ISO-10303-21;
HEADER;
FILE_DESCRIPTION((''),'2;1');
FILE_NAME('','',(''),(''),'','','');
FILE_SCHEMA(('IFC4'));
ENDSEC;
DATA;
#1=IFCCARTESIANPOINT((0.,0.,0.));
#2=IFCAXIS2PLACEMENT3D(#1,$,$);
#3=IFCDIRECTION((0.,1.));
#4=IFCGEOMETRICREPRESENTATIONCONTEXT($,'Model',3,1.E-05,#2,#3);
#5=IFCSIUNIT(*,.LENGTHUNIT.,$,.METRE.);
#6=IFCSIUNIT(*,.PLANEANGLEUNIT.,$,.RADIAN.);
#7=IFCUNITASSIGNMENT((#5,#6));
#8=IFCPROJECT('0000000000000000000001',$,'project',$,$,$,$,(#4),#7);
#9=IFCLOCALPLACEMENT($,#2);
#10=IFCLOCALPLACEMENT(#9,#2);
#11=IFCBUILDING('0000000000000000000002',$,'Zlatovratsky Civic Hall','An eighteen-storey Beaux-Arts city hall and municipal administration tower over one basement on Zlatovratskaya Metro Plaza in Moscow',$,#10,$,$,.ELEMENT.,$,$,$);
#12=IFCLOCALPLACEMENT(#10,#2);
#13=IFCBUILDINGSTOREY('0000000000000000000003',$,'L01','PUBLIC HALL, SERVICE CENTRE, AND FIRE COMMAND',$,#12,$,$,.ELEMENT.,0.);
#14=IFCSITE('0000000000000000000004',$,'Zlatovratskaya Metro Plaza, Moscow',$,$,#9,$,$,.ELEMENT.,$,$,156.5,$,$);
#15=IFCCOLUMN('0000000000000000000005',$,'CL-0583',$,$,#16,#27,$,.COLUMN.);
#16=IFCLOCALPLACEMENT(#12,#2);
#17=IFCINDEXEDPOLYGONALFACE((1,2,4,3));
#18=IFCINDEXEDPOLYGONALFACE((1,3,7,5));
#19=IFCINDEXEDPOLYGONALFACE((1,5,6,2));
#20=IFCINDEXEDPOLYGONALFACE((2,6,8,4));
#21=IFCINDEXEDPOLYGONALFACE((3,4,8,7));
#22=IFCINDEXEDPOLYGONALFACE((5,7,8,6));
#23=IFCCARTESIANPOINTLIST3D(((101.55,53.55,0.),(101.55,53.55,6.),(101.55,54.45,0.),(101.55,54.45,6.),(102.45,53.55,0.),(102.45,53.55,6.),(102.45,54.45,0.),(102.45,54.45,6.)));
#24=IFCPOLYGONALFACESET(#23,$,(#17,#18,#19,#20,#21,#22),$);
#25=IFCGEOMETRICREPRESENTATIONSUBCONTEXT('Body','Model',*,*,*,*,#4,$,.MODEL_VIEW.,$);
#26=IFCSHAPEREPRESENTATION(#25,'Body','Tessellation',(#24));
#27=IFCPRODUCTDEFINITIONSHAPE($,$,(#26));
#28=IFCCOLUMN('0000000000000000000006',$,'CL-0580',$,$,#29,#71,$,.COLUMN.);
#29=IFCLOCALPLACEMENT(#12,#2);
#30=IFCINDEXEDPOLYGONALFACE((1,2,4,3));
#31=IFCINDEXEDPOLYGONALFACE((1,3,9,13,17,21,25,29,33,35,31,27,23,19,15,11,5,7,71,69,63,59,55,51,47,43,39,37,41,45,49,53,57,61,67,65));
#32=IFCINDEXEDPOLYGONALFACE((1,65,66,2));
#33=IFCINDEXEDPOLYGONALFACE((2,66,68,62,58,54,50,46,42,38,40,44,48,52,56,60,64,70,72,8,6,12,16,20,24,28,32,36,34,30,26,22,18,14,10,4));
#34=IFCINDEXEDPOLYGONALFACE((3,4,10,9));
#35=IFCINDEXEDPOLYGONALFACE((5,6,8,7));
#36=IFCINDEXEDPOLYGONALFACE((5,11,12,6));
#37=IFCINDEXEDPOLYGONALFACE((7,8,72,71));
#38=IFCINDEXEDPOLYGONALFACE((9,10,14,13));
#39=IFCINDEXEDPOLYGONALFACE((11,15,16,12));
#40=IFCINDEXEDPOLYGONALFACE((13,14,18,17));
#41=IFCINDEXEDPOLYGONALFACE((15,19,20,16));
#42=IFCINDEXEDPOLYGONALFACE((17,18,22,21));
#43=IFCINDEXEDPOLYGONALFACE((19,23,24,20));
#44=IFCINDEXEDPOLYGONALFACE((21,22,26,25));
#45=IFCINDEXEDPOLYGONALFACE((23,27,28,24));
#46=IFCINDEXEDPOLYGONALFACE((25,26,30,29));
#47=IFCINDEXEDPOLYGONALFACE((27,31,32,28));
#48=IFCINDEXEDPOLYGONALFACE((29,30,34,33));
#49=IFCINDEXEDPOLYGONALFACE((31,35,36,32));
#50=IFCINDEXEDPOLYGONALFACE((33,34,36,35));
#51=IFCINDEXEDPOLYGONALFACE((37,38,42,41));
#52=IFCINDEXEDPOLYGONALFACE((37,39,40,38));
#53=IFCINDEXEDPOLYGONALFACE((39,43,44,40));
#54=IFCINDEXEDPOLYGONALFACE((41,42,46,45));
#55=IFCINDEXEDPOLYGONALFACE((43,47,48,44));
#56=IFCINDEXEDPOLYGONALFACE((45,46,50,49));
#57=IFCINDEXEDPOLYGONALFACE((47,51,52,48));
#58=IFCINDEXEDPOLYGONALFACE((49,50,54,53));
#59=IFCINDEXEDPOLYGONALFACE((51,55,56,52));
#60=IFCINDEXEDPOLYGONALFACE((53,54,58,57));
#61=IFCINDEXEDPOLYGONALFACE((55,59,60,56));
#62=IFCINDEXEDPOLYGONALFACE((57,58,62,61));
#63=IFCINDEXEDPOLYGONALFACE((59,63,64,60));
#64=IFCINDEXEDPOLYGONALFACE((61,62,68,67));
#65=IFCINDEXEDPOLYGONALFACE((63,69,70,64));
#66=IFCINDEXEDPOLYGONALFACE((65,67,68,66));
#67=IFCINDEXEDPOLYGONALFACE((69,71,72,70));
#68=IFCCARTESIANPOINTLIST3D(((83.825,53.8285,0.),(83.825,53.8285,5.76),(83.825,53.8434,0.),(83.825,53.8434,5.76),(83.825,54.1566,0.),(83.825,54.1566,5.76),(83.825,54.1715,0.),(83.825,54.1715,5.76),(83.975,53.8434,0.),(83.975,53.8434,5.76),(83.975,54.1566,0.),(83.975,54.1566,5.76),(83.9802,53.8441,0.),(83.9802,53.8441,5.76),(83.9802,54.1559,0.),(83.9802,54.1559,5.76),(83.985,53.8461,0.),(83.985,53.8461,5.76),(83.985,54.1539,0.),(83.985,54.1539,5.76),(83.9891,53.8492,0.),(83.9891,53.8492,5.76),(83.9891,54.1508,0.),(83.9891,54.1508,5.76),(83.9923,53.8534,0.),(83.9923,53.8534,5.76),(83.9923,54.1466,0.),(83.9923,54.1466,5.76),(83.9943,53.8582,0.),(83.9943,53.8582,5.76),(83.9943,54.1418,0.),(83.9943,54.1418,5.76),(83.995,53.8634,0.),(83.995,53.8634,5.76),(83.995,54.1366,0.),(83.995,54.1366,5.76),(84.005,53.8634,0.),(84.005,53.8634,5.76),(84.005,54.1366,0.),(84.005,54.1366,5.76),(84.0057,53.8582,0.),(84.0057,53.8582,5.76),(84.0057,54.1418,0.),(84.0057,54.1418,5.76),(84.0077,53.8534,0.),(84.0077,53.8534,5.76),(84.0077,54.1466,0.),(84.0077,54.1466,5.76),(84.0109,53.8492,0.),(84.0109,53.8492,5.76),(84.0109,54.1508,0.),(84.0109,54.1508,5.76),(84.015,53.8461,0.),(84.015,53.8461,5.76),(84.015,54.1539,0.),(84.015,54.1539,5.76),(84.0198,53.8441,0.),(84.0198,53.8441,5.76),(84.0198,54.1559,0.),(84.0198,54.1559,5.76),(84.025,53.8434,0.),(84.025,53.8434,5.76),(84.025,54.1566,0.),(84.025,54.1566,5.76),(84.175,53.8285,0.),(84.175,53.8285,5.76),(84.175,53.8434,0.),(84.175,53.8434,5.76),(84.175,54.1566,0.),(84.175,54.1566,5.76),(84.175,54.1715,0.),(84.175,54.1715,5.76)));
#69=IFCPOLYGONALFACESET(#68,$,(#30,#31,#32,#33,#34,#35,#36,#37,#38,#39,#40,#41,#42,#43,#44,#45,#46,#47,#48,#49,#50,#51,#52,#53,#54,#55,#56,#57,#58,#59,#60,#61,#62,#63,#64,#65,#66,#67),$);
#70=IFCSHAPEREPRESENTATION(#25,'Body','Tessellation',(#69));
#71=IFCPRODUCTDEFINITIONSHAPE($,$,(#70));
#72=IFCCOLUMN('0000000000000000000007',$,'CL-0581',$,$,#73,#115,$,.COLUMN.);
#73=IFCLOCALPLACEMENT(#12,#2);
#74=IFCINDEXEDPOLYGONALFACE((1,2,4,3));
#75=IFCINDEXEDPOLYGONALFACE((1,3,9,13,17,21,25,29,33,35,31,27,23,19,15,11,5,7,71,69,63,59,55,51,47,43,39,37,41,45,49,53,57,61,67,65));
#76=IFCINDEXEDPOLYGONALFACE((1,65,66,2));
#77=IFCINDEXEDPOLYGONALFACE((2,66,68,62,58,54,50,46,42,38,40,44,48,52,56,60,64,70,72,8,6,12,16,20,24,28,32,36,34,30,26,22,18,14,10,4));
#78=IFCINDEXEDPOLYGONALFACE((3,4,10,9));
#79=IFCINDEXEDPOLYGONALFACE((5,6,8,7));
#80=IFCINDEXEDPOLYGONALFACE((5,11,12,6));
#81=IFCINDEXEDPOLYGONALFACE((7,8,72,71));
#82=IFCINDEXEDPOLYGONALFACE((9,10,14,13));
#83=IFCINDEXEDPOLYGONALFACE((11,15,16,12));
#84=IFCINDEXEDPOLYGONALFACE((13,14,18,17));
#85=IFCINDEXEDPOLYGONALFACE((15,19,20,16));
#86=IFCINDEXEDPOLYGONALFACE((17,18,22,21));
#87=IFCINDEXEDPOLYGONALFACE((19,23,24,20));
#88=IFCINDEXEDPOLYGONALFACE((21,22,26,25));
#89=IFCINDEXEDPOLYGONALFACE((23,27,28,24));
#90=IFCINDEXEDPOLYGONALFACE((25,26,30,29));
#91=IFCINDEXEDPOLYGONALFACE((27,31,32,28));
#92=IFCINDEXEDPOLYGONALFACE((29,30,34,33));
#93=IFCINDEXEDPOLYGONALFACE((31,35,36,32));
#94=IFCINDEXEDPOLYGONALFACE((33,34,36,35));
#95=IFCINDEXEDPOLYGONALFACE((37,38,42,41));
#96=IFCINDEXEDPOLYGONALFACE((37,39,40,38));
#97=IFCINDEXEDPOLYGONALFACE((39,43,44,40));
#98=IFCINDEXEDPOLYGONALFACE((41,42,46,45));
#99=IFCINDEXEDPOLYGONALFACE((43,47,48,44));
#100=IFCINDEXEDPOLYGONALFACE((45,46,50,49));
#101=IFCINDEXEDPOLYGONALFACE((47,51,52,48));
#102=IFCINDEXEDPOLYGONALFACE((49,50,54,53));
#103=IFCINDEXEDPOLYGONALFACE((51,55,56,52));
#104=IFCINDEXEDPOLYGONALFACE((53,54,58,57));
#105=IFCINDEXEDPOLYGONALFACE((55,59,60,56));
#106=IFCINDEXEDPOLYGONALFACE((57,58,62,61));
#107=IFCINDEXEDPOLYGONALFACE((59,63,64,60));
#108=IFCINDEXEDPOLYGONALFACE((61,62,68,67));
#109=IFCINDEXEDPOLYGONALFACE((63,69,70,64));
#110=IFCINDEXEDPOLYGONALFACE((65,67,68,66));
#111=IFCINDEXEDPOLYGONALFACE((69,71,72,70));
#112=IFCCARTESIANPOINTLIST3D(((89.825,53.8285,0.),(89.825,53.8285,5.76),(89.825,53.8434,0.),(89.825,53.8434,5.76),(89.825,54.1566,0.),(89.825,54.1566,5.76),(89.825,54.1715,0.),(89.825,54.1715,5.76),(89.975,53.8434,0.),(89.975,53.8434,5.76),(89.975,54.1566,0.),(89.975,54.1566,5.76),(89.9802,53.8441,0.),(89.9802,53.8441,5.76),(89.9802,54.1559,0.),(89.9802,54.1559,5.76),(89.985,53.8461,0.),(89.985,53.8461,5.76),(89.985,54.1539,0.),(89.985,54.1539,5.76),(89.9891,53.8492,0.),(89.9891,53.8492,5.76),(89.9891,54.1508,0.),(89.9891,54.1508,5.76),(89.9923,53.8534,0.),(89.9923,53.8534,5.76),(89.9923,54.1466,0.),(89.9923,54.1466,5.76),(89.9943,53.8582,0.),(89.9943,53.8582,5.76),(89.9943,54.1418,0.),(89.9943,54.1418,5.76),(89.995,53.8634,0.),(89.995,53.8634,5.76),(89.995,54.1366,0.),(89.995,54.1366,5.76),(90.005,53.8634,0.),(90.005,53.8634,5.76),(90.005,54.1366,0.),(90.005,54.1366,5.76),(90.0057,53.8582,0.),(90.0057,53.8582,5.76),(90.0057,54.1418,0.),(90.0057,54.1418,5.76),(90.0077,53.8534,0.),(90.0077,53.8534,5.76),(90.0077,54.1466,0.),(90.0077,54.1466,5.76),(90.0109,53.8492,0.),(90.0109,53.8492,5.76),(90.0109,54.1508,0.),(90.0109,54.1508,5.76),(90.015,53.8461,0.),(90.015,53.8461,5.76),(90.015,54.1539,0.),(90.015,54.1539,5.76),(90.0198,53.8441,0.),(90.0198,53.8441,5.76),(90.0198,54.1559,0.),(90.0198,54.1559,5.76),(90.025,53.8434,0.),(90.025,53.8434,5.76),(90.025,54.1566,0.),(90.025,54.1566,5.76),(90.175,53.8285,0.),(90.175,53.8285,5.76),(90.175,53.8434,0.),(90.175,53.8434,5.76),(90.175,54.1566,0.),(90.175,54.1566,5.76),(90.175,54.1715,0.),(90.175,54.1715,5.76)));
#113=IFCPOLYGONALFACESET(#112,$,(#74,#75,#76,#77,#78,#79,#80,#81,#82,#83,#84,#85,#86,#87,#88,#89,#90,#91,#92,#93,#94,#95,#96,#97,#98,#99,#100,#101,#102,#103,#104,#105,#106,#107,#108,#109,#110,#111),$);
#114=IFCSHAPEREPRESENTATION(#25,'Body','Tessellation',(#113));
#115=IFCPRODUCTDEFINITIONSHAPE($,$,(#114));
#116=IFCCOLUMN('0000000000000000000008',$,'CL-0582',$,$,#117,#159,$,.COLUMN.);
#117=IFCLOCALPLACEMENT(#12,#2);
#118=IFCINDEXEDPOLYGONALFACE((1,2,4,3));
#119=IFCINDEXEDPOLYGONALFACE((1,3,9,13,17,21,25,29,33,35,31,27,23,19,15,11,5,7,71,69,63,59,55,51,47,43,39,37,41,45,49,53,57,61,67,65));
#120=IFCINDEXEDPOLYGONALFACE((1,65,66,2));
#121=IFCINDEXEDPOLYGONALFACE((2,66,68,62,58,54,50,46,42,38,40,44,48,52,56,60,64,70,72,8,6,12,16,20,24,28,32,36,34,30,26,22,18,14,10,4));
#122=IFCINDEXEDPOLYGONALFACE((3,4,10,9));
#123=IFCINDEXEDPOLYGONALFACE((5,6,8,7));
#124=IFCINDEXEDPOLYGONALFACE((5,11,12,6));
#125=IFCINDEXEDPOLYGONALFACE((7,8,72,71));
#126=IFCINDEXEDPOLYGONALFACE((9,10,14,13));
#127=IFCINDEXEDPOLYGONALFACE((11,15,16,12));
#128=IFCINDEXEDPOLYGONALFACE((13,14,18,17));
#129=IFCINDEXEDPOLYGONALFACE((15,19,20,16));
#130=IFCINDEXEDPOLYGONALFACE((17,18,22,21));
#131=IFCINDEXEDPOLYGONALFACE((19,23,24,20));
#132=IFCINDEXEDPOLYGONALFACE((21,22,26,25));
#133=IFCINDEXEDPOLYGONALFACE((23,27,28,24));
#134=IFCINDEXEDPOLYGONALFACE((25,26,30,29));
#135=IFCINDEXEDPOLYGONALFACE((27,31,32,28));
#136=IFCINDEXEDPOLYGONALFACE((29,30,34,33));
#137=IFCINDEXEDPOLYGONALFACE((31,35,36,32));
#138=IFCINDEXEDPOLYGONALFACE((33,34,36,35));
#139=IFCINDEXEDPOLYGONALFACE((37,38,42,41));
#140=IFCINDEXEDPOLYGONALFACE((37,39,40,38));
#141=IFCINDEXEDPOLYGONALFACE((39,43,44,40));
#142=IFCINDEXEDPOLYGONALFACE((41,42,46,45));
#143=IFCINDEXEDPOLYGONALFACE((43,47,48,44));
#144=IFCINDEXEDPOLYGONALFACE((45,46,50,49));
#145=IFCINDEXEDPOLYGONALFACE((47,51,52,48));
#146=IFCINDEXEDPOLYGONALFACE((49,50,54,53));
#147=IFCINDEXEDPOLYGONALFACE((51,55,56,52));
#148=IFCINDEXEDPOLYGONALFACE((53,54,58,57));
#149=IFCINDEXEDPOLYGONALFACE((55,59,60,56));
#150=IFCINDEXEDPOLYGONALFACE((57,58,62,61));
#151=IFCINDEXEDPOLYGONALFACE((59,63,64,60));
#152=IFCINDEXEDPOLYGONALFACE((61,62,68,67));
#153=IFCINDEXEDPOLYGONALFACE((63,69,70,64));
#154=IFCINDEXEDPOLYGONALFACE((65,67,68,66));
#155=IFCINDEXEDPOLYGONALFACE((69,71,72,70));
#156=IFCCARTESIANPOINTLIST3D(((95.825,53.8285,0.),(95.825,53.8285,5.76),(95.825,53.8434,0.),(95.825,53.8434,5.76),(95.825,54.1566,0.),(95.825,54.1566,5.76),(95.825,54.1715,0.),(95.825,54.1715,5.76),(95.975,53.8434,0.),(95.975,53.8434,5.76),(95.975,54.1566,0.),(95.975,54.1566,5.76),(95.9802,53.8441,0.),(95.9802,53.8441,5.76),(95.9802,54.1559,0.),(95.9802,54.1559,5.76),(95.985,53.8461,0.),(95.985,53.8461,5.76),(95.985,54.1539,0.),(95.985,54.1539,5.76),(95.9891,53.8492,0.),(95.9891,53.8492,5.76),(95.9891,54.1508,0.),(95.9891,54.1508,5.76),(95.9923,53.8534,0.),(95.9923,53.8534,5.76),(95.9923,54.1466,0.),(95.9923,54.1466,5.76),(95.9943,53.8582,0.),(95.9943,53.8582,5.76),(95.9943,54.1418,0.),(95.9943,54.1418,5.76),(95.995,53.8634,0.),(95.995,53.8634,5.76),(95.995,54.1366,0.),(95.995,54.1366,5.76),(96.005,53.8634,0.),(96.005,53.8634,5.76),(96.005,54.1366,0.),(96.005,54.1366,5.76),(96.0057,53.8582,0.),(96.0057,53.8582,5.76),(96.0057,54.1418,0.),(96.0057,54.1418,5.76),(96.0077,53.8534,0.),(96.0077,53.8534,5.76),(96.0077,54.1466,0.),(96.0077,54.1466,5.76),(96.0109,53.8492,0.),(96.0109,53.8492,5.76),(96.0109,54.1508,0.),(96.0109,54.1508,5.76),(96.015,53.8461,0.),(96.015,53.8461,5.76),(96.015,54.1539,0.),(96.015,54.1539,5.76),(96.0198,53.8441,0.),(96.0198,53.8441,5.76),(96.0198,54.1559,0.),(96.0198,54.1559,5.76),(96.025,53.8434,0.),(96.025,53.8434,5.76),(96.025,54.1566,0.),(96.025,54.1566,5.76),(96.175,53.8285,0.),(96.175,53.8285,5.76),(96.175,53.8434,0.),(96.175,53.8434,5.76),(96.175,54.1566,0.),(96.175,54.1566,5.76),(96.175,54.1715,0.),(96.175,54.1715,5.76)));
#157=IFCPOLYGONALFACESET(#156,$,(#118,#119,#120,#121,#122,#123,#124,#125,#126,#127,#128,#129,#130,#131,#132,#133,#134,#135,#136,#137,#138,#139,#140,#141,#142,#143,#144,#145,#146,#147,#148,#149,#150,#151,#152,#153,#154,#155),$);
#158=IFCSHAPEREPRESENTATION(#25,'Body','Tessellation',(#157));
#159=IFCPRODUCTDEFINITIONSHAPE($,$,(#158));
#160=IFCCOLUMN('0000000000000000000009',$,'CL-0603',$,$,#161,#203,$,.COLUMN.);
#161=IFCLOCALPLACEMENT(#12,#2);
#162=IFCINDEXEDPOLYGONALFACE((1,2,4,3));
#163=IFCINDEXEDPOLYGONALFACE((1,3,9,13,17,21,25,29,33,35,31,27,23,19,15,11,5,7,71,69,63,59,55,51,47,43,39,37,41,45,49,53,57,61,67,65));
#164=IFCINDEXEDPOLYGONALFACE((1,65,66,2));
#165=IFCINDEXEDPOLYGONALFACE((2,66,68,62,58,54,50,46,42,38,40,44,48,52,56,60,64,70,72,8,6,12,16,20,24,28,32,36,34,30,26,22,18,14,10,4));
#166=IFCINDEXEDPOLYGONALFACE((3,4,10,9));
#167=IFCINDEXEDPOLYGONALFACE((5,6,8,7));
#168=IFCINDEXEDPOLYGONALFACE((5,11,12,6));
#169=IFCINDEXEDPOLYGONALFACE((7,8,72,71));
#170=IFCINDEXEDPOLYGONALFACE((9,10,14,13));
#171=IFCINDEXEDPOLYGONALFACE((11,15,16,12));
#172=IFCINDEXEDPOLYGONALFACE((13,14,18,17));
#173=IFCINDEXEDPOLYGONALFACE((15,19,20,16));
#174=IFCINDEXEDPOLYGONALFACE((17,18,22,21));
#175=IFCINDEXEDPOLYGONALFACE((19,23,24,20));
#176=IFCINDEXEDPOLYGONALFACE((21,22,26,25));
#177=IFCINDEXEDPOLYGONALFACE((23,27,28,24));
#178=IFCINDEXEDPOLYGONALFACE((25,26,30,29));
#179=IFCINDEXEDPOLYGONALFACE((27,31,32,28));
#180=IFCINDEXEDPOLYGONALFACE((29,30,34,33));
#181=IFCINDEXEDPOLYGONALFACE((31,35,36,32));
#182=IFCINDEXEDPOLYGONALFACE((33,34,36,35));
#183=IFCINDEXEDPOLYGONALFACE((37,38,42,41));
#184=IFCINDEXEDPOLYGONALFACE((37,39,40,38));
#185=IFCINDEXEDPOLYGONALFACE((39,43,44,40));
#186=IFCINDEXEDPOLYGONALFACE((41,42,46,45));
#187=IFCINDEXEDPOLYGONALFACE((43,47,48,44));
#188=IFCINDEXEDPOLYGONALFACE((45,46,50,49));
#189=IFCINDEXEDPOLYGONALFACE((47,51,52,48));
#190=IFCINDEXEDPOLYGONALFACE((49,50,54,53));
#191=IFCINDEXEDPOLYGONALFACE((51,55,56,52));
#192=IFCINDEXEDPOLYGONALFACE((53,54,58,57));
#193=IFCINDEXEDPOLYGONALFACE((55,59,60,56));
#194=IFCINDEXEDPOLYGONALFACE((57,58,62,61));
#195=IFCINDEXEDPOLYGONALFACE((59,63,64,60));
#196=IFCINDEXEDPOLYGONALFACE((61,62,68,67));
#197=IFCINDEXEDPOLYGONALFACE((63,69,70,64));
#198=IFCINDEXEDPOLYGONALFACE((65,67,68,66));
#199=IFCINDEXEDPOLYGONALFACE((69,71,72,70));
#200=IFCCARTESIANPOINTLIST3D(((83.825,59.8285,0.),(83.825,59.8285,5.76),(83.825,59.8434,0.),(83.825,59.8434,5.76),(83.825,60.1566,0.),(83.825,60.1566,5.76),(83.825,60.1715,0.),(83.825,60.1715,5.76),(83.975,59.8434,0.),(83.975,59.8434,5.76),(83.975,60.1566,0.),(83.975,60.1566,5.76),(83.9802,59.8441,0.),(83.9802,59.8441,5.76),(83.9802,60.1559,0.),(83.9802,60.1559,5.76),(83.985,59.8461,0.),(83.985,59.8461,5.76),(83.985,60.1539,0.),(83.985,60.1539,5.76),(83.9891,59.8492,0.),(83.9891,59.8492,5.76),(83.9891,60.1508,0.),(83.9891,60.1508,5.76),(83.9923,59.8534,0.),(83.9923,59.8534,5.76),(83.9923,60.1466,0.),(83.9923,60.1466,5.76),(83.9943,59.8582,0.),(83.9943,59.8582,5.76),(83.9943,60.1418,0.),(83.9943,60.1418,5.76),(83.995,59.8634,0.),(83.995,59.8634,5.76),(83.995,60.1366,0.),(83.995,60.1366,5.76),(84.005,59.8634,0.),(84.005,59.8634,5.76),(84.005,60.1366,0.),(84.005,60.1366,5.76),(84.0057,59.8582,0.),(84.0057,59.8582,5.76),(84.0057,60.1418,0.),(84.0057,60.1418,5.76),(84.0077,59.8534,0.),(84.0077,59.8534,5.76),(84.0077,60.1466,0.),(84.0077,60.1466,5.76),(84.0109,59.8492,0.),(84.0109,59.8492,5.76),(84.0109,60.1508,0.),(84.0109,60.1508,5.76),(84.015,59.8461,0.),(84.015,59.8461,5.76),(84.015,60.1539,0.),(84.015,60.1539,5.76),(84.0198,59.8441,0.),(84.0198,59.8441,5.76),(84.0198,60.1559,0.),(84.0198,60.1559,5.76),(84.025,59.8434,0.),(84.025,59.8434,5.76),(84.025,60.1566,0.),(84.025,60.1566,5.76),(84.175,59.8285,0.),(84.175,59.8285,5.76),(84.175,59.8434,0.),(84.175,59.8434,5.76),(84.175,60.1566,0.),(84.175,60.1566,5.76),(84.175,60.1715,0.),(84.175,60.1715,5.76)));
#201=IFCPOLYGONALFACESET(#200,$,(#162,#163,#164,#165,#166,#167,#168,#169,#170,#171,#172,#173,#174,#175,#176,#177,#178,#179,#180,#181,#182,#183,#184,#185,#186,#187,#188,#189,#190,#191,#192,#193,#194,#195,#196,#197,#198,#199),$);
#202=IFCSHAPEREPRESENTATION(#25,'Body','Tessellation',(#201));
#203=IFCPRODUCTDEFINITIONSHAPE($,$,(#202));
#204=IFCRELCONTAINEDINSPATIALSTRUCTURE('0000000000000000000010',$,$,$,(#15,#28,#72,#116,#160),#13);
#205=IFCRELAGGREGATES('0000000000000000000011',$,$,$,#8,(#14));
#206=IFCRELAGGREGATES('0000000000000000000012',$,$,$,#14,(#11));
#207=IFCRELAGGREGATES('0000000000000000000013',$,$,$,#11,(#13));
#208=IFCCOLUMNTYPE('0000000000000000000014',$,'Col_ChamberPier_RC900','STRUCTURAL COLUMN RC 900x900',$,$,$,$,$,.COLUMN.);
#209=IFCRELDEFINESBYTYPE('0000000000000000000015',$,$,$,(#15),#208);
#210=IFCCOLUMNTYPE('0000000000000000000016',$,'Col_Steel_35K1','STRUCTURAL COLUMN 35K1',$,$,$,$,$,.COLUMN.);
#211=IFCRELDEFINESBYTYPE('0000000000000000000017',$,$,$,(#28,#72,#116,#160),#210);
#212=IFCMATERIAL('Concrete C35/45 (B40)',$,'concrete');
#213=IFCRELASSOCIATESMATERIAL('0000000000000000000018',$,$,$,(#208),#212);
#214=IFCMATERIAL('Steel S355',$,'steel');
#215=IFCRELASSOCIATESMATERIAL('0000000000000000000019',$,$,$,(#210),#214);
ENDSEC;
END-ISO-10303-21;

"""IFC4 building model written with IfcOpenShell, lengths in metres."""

from ifc_helpers import new_model, si_unit, direction, frame, origin, origin_2d, place, context, subcontext, project, spatial, rectangle, i_section, extrude, material, material_profile, profile_set, type_object, element, save


model = new_model("IFC4")

# Units and contexts
model_context = context("Model", 3, precision=1e-05, world=origin(), true_north=direction((0.0, 1.0)))
body_context = subcontext(model_context, "Body", "Model", "MODEL_VIEW")
ifc_project = project(units=[si_unit("LENGTHUNIT", "METRE"), si_unit("PLANEANGLEUNIT", "RADIAN")], contexts=[model_context])

# Site, building, storey
site_placement = place(None, origin())
site = spatial("IfcSite", under=ifc_project, at=site_placement, Name="Zlatovratskaya Metro Plaza, Moscow", CompositionType="ELEMENT", RefElevation=156.5)
building_placement = place(site_placement, origin())
building = spatial("IfcBuilding", under=site, at=building_placement, Name="Zlatovratsky Civic Hall", Description="An eighteen-storey Beaux-Arts city hall and municipal administration tower over one basement on Zlatovratskaya Metro Plaza in Moscow", CompositionType="ELEMENT")
storey_placement = place(building_placement, origin())
storey = spatial("IfcBuildingStorey", under=building, at=storey_placement, Name="L01", Description="PUBLIC HALL, SERVICE CENTRE, AND FIRE COMMAND", CompositionType="ELEMENT", Elevation=0.0)

# Columns
ifc_material_1 = material(Name="Concrete C35/45 (B40)", Category="concrete")
ifc_material_profile_1 = material_profile(ifc_material_1, rectangle(XDim=0.8999, YDim=0.8999, at=origin_2d()), Name="RC 900x900")
ifc_profile_set_1 = profile_set([ifc_material_profile_1], Name="Concrete C35/45 (B40)")
column_type_1 = type_object("IfcColumnType", Name="Col_ChamberPier_RC900", Description="STRUCTURAL COLUMN RC 900x900", PredefinedType="COLUMN", material=ifc_profile_set_1)
column_placement = place(storey_placement, frame((102.0, 54.0, 0.0), z_axis=(0.0, 0.0, 1.0), x_axis=(1.0, 0.0, 0.0)))
element("IfcColumn", 1, at=column_placement, inside=storey, type_object=column_type_1, Name="CL-0583", PredefinedType="COLUMN", context=body_context, shape_type="SweptSolid", body=[
    extrude(rectangle(XDim=0.8999, YDim=0.8999, at=origin_2d()), origin(), (0.0, 0.0, 1.0), 6.0),
])
ifc_material_2 = material(Name="Steel S355", Category="steel")
ifc_material_profile_2 = material_profile(ifc_material_2, i_section(OverallWidth=0.3501, OverallDepth=0.343, WebThickness=0.01, FlangeThickness=0.0149, FilletRadius=0.02, at=origin_2d()), Name="35K1")
ifc_profile_set_2 = profile_set([ifc_material_profile_2], Name="Steel S355")
column_type_2 = type_object("IfcColumnType", Name="Col_Steel_35K1", Description="STRUCTURAL COLUMN 35K1", PredefinedType="COLUMN", material=ifc_profile_set_2)
for number, where, z_axis, x_axis, name in (
    (2, (84.0, 54.0, 0.0), (0.0, 0.0, 1.0), (1.0, 0.0, 0.0), "CL-0580"),
    (3, (90.0, 54.0, 0.0), (0.0, 0.0, 1.0), (1.0, 0.0, 0.0), "CL-0581"),
    (4, (96.0, 54.0, 0.0), (0.0, 0.0, 1.0), (1.0, 0.0, 0.0), "CL-0582"),
    (5, (84.0, 60.0, 0.0), (0.0, 0.0, 1.0), (1.0, 0.0, 0.0), "CL-0603"),
):
    element("IfcColumn", number, at=place(storey_placement, frame(where, z_axis=z_axis, x_axis=x_axis)), inside=storey, type_object=column_type_2, Name=name, PredefinedType="COLUMN", context=body_context, shape_type="SweptSolid", body=[
        extrude(i_section(OverallWidth=0.3501, OverallDepth=0.343, WebThickness=0.01, FlangeThickness=0.0149, FilletRadius=0.02, at=origin_2d()), origin(), (0.0, 0.0, 1.0), 5.76),
    ])

save(model, "model.ifc")
